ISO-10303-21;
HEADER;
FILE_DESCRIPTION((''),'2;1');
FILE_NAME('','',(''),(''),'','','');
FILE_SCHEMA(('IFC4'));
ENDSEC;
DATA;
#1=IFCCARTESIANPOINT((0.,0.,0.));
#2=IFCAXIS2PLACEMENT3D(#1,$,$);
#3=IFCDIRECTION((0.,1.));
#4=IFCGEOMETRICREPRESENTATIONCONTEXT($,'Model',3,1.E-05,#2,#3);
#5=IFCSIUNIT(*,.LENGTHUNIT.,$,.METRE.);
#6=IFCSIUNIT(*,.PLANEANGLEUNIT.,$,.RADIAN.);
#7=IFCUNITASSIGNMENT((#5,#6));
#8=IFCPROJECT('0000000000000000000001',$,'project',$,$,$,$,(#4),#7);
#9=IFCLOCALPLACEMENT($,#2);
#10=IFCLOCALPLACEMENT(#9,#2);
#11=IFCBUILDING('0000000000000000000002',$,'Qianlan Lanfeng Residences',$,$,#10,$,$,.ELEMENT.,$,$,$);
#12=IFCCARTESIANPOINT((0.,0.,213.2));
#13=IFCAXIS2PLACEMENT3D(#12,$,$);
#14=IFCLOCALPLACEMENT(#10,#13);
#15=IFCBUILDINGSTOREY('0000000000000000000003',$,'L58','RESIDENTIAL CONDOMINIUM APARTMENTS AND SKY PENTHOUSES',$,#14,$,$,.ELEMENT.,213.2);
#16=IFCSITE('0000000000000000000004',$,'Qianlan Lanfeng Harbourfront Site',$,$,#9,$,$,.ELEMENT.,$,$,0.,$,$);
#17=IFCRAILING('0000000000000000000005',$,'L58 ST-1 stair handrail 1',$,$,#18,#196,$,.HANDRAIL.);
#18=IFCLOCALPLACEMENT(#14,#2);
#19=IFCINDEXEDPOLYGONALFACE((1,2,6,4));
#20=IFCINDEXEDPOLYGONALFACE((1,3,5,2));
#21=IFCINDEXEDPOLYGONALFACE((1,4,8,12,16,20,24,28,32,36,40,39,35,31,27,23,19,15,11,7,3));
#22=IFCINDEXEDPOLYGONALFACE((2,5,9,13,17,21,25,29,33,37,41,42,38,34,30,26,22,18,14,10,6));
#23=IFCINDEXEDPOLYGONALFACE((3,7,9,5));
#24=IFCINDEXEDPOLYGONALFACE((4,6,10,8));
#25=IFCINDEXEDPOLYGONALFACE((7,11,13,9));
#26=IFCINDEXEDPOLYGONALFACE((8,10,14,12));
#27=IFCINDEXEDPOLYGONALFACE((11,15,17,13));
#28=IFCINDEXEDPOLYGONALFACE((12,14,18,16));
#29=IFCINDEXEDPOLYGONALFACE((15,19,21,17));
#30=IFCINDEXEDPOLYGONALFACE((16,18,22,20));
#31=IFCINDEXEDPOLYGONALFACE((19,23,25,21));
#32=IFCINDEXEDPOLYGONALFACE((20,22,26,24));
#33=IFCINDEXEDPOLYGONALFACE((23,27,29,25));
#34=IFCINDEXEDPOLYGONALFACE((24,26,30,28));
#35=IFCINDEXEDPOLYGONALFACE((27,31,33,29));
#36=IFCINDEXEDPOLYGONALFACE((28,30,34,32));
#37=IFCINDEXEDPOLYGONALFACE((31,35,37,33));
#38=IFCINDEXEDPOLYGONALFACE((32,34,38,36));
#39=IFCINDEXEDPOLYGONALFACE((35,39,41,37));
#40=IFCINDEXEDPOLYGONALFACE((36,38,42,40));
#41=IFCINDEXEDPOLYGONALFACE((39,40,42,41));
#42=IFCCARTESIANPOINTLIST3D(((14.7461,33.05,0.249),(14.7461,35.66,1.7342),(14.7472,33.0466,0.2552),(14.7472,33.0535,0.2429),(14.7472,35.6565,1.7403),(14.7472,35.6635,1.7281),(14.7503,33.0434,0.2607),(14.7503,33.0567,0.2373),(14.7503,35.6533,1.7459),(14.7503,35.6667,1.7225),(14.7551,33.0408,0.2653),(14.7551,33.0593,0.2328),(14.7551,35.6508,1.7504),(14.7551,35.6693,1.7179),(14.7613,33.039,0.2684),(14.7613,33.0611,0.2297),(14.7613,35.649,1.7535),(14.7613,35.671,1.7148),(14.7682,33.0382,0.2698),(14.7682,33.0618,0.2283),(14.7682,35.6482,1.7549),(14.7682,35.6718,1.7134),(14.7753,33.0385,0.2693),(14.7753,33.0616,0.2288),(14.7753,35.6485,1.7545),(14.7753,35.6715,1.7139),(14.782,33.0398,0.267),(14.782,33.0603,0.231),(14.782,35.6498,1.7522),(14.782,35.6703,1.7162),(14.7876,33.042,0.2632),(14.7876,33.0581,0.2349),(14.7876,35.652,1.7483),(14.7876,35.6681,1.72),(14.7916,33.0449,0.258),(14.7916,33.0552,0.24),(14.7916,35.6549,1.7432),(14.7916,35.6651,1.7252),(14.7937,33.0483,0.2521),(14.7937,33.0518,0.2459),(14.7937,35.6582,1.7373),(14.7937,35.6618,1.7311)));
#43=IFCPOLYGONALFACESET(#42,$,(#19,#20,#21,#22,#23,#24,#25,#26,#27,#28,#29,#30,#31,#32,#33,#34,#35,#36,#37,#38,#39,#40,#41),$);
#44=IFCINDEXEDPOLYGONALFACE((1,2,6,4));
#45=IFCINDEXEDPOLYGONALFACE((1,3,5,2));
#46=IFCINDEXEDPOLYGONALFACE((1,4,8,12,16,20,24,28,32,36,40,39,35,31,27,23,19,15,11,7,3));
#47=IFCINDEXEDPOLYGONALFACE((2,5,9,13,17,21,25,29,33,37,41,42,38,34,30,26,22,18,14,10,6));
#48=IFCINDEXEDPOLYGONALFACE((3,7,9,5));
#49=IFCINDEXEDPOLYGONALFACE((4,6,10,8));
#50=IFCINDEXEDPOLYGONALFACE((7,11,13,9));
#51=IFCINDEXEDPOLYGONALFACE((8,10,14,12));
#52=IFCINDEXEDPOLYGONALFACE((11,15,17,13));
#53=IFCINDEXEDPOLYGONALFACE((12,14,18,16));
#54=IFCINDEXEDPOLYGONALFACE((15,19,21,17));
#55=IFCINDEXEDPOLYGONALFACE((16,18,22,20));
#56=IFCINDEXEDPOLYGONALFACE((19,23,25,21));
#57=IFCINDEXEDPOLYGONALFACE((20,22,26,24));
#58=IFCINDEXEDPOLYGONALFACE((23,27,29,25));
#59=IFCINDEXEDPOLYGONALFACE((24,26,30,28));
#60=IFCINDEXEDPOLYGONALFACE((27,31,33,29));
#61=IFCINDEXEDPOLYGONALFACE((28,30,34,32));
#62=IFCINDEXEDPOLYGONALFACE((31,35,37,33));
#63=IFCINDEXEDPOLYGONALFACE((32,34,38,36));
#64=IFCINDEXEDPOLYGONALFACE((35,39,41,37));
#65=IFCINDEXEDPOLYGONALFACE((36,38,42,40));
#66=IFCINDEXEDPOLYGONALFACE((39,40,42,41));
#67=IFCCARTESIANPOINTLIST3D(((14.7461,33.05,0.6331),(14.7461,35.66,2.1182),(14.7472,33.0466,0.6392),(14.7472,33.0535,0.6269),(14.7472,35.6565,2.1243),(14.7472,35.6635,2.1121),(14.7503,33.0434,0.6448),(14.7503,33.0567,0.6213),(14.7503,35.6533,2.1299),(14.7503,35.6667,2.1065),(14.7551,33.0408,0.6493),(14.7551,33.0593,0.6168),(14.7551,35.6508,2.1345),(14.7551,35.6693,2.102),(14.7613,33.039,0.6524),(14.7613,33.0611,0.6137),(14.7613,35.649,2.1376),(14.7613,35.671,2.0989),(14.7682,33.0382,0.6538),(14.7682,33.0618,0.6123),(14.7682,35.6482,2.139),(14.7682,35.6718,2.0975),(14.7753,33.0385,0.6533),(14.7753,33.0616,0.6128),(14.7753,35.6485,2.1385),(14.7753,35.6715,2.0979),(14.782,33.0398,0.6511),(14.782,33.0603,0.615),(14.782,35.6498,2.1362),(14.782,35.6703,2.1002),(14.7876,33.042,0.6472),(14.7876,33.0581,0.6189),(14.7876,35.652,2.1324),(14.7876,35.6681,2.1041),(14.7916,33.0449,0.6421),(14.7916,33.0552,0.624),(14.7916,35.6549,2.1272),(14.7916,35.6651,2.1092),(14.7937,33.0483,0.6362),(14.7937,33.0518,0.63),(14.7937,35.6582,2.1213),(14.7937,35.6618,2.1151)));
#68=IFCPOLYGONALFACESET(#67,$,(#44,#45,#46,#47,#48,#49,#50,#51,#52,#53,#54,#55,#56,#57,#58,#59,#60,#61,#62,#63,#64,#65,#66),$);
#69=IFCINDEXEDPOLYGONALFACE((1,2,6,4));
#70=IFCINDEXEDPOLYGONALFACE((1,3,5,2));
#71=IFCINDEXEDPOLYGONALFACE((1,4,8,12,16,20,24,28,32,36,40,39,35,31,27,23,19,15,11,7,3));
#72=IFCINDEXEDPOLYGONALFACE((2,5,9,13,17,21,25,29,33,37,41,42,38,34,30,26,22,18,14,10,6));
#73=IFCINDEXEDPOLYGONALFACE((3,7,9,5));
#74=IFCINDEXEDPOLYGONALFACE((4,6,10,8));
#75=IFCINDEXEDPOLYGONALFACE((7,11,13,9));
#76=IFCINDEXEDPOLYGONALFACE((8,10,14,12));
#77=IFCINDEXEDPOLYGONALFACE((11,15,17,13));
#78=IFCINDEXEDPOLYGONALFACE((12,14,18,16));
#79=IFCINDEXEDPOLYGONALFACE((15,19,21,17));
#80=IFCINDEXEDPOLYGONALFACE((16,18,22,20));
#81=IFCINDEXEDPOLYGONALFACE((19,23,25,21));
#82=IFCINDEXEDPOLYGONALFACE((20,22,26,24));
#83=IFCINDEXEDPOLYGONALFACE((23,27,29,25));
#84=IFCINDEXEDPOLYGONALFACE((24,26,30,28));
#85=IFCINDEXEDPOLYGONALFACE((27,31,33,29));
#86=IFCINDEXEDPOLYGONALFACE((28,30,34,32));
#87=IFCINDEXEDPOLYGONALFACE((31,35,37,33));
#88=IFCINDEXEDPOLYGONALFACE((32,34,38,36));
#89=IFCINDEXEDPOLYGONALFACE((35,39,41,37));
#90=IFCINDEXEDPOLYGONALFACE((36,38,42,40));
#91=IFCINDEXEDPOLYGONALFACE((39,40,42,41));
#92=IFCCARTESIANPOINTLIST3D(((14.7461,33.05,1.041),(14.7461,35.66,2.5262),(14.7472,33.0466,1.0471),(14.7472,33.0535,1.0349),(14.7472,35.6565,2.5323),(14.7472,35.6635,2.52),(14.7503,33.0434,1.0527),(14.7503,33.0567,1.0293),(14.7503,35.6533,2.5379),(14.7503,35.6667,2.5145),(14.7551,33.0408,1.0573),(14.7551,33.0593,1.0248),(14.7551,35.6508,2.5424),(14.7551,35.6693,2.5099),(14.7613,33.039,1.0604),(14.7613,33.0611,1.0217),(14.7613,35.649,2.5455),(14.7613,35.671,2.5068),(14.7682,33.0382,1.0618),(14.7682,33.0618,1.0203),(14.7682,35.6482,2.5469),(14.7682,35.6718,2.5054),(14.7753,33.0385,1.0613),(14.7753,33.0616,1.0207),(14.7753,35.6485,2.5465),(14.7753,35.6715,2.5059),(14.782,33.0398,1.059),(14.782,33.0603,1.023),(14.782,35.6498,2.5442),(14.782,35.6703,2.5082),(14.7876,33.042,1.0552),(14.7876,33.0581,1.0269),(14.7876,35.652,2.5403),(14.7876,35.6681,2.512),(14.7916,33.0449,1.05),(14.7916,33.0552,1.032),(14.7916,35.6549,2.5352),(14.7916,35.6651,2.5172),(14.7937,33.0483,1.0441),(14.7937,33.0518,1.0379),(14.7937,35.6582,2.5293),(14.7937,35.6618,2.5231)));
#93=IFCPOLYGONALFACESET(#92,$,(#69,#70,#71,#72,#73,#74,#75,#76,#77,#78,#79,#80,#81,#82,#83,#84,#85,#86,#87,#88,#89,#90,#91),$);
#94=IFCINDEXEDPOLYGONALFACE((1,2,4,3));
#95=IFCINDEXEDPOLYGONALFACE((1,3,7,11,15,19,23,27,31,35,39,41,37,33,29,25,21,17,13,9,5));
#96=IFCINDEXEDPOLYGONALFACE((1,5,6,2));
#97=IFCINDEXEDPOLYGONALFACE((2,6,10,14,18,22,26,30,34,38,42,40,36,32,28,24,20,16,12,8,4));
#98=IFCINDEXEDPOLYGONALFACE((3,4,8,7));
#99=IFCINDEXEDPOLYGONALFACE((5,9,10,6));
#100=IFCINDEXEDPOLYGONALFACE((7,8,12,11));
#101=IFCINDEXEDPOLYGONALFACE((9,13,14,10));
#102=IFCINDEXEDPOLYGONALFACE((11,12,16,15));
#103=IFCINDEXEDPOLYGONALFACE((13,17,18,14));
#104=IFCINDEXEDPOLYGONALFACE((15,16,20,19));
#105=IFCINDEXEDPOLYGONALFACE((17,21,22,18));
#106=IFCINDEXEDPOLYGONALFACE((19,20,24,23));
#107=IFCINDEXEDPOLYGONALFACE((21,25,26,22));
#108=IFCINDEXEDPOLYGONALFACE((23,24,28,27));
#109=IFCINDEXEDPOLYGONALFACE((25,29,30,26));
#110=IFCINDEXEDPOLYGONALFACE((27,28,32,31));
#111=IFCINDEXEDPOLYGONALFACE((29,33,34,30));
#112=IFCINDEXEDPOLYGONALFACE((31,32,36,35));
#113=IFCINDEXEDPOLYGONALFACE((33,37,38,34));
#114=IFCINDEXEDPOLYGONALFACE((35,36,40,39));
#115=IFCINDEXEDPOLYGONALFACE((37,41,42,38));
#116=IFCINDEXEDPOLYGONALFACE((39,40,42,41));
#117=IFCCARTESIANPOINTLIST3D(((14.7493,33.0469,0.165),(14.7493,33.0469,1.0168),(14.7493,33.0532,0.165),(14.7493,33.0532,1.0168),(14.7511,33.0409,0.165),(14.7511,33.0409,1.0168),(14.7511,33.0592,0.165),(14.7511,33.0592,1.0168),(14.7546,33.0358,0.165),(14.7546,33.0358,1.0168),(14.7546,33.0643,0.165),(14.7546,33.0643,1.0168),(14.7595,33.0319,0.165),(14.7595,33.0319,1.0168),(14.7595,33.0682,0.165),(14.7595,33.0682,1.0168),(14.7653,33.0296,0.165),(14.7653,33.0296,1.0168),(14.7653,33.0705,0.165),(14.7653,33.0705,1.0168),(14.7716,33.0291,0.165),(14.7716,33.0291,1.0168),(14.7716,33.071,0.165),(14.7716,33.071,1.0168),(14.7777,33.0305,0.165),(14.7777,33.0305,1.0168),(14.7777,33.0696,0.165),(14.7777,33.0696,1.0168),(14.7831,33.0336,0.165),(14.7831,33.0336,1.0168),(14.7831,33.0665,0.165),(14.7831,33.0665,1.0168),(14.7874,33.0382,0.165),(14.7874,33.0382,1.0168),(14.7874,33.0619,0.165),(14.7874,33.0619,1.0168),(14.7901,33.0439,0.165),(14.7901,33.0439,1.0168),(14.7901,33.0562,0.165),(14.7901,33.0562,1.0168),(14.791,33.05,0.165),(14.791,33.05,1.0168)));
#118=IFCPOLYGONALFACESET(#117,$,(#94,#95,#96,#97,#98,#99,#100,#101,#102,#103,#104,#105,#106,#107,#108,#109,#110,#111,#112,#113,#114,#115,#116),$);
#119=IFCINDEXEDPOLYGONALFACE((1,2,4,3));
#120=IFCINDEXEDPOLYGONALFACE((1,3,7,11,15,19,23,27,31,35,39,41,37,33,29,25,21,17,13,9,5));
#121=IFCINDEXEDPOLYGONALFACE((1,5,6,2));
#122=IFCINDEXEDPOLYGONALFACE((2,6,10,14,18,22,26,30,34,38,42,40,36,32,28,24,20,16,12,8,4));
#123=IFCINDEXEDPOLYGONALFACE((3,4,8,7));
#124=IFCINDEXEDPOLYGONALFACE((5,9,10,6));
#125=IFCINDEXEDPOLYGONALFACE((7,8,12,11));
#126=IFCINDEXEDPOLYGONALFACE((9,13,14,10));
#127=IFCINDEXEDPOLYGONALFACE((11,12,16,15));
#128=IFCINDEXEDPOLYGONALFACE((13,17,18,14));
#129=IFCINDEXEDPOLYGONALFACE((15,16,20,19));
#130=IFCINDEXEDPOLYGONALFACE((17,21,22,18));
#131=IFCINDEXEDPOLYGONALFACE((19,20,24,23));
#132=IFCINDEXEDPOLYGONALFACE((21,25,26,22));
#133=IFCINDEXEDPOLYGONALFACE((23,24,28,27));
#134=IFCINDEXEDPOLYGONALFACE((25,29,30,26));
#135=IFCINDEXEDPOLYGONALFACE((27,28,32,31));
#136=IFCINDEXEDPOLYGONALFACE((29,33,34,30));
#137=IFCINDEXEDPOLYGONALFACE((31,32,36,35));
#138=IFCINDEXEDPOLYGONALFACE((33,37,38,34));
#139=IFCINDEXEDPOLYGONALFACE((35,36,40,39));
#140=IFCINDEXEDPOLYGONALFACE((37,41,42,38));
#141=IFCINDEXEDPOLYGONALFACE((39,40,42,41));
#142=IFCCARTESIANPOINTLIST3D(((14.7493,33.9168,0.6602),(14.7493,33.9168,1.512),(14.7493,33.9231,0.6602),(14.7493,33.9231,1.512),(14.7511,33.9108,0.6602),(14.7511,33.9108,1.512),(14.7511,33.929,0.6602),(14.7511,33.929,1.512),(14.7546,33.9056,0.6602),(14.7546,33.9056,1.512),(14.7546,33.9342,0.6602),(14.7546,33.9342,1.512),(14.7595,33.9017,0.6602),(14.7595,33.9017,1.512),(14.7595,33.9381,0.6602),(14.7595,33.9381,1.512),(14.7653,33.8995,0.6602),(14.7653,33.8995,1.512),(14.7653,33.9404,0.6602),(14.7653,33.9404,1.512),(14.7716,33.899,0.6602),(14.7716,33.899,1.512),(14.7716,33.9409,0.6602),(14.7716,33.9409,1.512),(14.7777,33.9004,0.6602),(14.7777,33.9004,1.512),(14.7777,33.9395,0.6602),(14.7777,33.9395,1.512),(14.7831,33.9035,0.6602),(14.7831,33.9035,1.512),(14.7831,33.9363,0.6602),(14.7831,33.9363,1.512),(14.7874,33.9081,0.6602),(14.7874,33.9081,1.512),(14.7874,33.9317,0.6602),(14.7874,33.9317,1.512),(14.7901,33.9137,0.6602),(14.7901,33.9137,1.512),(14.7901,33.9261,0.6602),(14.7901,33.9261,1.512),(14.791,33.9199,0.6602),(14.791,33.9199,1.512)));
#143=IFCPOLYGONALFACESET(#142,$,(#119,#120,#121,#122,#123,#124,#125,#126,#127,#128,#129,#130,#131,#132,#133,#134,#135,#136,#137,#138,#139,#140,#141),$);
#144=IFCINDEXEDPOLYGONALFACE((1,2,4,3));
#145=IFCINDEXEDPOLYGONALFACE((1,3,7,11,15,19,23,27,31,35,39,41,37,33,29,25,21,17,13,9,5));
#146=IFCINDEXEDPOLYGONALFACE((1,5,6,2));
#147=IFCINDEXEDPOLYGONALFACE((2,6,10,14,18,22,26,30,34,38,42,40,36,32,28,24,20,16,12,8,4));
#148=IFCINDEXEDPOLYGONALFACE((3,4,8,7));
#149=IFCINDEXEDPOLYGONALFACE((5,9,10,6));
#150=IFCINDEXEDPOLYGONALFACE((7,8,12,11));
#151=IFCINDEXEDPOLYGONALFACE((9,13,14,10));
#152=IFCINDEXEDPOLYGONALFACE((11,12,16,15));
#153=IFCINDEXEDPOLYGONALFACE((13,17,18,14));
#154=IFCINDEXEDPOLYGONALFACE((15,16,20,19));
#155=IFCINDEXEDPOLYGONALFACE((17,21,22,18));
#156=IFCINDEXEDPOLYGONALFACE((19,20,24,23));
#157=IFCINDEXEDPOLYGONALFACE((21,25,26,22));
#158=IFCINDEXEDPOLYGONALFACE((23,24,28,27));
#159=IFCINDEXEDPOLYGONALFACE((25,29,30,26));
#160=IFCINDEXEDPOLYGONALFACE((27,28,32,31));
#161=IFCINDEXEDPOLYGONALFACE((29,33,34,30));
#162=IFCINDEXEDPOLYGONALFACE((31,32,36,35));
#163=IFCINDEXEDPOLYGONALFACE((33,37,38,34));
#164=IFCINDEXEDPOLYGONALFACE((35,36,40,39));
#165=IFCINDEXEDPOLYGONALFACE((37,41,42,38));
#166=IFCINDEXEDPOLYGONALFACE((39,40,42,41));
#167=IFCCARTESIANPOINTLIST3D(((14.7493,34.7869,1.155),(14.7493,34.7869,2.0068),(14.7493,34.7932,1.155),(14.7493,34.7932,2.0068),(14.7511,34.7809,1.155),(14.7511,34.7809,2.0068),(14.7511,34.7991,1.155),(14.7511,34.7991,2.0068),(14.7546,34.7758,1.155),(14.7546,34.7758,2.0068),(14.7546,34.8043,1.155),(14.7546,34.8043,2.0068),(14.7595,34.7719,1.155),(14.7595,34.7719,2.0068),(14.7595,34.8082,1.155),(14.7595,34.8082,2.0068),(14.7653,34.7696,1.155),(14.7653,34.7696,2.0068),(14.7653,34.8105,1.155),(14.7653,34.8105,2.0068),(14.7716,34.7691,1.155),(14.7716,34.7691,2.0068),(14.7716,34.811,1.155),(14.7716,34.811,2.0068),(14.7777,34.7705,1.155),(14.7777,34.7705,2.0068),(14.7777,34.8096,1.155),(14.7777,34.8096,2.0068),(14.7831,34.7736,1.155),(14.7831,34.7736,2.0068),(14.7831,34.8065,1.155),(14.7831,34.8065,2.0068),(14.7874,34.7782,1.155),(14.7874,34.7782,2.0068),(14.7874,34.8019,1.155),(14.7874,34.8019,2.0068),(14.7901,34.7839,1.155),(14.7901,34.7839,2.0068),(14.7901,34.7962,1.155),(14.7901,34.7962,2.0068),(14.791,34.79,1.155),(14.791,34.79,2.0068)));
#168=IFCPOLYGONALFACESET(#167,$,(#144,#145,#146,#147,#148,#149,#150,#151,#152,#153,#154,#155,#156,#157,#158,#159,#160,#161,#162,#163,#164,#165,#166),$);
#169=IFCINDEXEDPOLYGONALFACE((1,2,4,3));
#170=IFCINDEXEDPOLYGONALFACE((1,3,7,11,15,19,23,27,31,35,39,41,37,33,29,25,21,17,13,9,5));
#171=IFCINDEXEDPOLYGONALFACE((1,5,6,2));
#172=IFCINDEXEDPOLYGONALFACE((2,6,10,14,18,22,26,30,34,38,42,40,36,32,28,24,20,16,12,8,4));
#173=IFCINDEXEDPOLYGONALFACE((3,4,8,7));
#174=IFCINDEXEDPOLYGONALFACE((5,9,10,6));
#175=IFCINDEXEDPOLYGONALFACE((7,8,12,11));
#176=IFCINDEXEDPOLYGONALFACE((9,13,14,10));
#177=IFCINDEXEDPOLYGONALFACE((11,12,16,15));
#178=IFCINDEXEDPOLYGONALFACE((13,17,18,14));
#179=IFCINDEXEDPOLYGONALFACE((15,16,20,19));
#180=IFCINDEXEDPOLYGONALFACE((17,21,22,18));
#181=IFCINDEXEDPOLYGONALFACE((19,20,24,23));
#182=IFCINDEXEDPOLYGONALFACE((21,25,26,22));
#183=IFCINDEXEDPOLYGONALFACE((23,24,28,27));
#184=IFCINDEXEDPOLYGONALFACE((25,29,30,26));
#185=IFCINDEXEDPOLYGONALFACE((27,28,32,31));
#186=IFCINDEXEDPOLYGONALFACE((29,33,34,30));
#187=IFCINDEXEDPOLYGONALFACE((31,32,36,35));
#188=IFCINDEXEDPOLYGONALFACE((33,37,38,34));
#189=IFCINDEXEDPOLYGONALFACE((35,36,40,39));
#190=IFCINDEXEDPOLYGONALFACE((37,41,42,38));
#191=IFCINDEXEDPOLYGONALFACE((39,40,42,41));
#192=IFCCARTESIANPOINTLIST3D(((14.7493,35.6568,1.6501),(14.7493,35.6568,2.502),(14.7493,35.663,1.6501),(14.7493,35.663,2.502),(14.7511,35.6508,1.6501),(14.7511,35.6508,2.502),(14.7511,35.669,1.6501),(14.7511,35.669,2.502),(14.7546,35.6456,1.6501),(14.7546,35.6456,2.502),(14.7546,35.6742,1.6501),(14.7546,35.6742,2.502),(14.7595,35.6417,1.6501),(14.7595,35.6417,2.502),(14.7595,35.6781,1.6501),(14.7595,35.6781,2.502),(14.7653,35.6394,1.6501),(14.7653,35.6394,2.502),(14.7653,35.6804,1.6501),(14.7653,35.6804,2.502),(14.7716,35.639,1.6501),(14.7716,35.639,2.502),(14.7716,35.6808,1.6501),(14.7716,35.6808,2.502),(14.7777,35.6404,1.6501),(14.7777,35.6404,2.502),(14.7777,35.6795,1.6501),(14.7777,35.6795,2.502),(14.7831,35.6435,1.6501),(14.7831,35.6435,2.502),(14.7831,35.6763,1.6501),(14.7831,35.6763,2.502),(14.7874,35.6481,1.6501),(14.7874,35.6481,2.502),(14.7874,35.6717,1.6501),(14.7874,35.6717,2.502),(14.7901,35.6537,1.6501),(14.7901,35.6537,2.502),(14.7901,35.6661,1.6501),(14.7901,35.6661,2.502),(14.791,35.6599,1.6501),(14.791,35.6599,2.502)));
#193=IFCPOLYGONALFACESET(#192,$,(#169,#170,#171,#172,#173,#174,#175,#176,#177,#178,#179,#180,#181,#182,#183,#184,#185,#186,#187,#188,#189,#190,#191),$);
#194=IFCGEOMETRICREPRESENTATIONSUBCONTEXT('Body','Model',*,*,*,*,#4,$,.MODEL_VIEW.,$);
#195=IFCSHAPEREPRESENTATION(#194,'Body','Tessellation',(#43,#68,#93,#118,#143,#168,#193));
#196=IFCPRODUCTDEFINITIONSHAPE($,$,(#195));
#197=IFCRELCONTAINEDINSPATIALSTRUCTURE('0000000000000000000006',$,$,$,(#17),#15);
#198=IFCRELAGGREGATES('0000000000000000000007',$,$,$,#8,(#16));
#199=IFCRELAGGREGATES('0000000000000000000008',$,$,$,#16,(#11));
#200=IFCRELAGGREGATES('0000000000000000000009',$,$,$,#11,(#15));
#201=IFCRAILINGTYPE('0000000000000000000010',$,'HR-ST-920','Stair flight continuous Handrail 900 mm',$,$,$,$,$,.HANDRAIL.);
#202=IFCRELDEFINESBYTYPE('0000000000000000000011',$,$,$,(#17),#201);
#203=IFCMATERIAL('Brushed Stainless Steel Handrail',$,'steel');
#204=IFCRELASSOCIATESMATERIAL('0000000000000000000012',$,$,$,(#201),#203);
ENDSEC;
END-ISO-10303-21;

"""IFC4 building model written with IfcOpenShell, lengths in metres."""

from ifc_helpers import new_model, si_unit, direction, frame, origin, origin_2d, place, context, subcontext, project, spatial, circle, extrude, material, type_object, element, save


model = new_model("IFC4")

# Units and contexts
model_context = context("Model", 3, precision=1e-05, world=origin(), true_north=direction((0.0, 1.0)))
body_context = subcontext(model_context, "Body", "Model", "MODEL_VIEW")
ifc_project = project(units=[si_unit("LENGTHUNIT", "METRE"), si_unit("PLANEANGLEUNIT", "RADIAN")], contexts=[model_context])

# Site, building, storey
site_placement = place(None, origin())
site = spatial("IfcSite", under=ifc_project, at=site_placement, Name="Qianlan Lanfeng Harbourfront Site", CompositionType="ELEMENT", RefElevation=0.0)
building_placement = place(site_placement, origin())
building = spatial("IfcBuilding", under=site, at=building_placement, Name="Qianlan Lanfeng Residences", CompositionType="ELEMENT")
storey_placement = place(building_placement, frame((0.0, 0.0, 213.2)))
storey = spatial("IfcBuildingStorey", under=building, at=storey_placement, Name="L58", Description="RESIDENTIAL CONDOMINIUM APARTMENTS AND SKY PENTHOUSES", CompositionType="ELEMENT", Elevation=213.2)

# Railing
ifc_material_1 = material(Name="Brushed Stainless Steel Handrail", Category="steel")
railing_type_1 = type_object("IfcRailingType", Name="HR-ST-920", Description="Stair flight continuous Handrail 900 mm", PredefinedType="HANDRAIL", material=ifc_material_1)
railing_1_placement = place(storey_placement, frame((14.77, 33.05, 0.165)))
element("IfcRailing", 1, at=railing_1_placement, inside=storey, type_object=railing_type_1, Name="L58 ST-1 stair handrail 1", PredefinedType="HANDRAIL", context=body_context, shape_type="SweptSolid", body=[
    extrude(circle(Radius=0.0239, at=origin_2d()), frame((0.0, 0.0, 0.084), z_axis=(0.0, 0.869137, 0.494571), x_axis=(-1.0, 0.0, 0.0)), (0.0, 0.0, 1.0), 3.0029),
    extrude(circle(Radius=0.0239, at=origin_2d()), frame((0.0, 0.0, 0.468), z_axis=(0.0, 0.869137, 0.494571), x_axis=(-1.0, 0.0, 0.0)), (0.0, 0.0, 1.0), 3.0029),
    extrude(circle(Radius=0.0239, at=origin_2d()), frame((0.0, 0.0, 0.876), z_axis=(0.0, 0.869137, 0.494571), x_axis=(-1.0, 0.0, 0.0)), (0.0, 0.0, 1.0), 3.0029),
    extrude(circle(Radius=0.021, at=origin_2d()), origin(), (0.0, 0.0, 1.0), 0.8518),
    extrude(circle(Radius=0.021, at=origin_2d()), frame((0.0, 0.8699, 0.4951)), (0.0, 0.0, 1.0), 0.8518),
    extrude(circle(Radius=0.021, at=origin_2d()), frame((0.0, 1.74, 0.99)), (0.0, 0.0, 1.0), 0.8518),
    extrude(circle(Radius=0.021, at=origin_2d()), frame((0.0, 2.6099, 1.4851)), (0.0, 0.0, 1.0), 0.8518),
])

save(model, "model.ifc")
